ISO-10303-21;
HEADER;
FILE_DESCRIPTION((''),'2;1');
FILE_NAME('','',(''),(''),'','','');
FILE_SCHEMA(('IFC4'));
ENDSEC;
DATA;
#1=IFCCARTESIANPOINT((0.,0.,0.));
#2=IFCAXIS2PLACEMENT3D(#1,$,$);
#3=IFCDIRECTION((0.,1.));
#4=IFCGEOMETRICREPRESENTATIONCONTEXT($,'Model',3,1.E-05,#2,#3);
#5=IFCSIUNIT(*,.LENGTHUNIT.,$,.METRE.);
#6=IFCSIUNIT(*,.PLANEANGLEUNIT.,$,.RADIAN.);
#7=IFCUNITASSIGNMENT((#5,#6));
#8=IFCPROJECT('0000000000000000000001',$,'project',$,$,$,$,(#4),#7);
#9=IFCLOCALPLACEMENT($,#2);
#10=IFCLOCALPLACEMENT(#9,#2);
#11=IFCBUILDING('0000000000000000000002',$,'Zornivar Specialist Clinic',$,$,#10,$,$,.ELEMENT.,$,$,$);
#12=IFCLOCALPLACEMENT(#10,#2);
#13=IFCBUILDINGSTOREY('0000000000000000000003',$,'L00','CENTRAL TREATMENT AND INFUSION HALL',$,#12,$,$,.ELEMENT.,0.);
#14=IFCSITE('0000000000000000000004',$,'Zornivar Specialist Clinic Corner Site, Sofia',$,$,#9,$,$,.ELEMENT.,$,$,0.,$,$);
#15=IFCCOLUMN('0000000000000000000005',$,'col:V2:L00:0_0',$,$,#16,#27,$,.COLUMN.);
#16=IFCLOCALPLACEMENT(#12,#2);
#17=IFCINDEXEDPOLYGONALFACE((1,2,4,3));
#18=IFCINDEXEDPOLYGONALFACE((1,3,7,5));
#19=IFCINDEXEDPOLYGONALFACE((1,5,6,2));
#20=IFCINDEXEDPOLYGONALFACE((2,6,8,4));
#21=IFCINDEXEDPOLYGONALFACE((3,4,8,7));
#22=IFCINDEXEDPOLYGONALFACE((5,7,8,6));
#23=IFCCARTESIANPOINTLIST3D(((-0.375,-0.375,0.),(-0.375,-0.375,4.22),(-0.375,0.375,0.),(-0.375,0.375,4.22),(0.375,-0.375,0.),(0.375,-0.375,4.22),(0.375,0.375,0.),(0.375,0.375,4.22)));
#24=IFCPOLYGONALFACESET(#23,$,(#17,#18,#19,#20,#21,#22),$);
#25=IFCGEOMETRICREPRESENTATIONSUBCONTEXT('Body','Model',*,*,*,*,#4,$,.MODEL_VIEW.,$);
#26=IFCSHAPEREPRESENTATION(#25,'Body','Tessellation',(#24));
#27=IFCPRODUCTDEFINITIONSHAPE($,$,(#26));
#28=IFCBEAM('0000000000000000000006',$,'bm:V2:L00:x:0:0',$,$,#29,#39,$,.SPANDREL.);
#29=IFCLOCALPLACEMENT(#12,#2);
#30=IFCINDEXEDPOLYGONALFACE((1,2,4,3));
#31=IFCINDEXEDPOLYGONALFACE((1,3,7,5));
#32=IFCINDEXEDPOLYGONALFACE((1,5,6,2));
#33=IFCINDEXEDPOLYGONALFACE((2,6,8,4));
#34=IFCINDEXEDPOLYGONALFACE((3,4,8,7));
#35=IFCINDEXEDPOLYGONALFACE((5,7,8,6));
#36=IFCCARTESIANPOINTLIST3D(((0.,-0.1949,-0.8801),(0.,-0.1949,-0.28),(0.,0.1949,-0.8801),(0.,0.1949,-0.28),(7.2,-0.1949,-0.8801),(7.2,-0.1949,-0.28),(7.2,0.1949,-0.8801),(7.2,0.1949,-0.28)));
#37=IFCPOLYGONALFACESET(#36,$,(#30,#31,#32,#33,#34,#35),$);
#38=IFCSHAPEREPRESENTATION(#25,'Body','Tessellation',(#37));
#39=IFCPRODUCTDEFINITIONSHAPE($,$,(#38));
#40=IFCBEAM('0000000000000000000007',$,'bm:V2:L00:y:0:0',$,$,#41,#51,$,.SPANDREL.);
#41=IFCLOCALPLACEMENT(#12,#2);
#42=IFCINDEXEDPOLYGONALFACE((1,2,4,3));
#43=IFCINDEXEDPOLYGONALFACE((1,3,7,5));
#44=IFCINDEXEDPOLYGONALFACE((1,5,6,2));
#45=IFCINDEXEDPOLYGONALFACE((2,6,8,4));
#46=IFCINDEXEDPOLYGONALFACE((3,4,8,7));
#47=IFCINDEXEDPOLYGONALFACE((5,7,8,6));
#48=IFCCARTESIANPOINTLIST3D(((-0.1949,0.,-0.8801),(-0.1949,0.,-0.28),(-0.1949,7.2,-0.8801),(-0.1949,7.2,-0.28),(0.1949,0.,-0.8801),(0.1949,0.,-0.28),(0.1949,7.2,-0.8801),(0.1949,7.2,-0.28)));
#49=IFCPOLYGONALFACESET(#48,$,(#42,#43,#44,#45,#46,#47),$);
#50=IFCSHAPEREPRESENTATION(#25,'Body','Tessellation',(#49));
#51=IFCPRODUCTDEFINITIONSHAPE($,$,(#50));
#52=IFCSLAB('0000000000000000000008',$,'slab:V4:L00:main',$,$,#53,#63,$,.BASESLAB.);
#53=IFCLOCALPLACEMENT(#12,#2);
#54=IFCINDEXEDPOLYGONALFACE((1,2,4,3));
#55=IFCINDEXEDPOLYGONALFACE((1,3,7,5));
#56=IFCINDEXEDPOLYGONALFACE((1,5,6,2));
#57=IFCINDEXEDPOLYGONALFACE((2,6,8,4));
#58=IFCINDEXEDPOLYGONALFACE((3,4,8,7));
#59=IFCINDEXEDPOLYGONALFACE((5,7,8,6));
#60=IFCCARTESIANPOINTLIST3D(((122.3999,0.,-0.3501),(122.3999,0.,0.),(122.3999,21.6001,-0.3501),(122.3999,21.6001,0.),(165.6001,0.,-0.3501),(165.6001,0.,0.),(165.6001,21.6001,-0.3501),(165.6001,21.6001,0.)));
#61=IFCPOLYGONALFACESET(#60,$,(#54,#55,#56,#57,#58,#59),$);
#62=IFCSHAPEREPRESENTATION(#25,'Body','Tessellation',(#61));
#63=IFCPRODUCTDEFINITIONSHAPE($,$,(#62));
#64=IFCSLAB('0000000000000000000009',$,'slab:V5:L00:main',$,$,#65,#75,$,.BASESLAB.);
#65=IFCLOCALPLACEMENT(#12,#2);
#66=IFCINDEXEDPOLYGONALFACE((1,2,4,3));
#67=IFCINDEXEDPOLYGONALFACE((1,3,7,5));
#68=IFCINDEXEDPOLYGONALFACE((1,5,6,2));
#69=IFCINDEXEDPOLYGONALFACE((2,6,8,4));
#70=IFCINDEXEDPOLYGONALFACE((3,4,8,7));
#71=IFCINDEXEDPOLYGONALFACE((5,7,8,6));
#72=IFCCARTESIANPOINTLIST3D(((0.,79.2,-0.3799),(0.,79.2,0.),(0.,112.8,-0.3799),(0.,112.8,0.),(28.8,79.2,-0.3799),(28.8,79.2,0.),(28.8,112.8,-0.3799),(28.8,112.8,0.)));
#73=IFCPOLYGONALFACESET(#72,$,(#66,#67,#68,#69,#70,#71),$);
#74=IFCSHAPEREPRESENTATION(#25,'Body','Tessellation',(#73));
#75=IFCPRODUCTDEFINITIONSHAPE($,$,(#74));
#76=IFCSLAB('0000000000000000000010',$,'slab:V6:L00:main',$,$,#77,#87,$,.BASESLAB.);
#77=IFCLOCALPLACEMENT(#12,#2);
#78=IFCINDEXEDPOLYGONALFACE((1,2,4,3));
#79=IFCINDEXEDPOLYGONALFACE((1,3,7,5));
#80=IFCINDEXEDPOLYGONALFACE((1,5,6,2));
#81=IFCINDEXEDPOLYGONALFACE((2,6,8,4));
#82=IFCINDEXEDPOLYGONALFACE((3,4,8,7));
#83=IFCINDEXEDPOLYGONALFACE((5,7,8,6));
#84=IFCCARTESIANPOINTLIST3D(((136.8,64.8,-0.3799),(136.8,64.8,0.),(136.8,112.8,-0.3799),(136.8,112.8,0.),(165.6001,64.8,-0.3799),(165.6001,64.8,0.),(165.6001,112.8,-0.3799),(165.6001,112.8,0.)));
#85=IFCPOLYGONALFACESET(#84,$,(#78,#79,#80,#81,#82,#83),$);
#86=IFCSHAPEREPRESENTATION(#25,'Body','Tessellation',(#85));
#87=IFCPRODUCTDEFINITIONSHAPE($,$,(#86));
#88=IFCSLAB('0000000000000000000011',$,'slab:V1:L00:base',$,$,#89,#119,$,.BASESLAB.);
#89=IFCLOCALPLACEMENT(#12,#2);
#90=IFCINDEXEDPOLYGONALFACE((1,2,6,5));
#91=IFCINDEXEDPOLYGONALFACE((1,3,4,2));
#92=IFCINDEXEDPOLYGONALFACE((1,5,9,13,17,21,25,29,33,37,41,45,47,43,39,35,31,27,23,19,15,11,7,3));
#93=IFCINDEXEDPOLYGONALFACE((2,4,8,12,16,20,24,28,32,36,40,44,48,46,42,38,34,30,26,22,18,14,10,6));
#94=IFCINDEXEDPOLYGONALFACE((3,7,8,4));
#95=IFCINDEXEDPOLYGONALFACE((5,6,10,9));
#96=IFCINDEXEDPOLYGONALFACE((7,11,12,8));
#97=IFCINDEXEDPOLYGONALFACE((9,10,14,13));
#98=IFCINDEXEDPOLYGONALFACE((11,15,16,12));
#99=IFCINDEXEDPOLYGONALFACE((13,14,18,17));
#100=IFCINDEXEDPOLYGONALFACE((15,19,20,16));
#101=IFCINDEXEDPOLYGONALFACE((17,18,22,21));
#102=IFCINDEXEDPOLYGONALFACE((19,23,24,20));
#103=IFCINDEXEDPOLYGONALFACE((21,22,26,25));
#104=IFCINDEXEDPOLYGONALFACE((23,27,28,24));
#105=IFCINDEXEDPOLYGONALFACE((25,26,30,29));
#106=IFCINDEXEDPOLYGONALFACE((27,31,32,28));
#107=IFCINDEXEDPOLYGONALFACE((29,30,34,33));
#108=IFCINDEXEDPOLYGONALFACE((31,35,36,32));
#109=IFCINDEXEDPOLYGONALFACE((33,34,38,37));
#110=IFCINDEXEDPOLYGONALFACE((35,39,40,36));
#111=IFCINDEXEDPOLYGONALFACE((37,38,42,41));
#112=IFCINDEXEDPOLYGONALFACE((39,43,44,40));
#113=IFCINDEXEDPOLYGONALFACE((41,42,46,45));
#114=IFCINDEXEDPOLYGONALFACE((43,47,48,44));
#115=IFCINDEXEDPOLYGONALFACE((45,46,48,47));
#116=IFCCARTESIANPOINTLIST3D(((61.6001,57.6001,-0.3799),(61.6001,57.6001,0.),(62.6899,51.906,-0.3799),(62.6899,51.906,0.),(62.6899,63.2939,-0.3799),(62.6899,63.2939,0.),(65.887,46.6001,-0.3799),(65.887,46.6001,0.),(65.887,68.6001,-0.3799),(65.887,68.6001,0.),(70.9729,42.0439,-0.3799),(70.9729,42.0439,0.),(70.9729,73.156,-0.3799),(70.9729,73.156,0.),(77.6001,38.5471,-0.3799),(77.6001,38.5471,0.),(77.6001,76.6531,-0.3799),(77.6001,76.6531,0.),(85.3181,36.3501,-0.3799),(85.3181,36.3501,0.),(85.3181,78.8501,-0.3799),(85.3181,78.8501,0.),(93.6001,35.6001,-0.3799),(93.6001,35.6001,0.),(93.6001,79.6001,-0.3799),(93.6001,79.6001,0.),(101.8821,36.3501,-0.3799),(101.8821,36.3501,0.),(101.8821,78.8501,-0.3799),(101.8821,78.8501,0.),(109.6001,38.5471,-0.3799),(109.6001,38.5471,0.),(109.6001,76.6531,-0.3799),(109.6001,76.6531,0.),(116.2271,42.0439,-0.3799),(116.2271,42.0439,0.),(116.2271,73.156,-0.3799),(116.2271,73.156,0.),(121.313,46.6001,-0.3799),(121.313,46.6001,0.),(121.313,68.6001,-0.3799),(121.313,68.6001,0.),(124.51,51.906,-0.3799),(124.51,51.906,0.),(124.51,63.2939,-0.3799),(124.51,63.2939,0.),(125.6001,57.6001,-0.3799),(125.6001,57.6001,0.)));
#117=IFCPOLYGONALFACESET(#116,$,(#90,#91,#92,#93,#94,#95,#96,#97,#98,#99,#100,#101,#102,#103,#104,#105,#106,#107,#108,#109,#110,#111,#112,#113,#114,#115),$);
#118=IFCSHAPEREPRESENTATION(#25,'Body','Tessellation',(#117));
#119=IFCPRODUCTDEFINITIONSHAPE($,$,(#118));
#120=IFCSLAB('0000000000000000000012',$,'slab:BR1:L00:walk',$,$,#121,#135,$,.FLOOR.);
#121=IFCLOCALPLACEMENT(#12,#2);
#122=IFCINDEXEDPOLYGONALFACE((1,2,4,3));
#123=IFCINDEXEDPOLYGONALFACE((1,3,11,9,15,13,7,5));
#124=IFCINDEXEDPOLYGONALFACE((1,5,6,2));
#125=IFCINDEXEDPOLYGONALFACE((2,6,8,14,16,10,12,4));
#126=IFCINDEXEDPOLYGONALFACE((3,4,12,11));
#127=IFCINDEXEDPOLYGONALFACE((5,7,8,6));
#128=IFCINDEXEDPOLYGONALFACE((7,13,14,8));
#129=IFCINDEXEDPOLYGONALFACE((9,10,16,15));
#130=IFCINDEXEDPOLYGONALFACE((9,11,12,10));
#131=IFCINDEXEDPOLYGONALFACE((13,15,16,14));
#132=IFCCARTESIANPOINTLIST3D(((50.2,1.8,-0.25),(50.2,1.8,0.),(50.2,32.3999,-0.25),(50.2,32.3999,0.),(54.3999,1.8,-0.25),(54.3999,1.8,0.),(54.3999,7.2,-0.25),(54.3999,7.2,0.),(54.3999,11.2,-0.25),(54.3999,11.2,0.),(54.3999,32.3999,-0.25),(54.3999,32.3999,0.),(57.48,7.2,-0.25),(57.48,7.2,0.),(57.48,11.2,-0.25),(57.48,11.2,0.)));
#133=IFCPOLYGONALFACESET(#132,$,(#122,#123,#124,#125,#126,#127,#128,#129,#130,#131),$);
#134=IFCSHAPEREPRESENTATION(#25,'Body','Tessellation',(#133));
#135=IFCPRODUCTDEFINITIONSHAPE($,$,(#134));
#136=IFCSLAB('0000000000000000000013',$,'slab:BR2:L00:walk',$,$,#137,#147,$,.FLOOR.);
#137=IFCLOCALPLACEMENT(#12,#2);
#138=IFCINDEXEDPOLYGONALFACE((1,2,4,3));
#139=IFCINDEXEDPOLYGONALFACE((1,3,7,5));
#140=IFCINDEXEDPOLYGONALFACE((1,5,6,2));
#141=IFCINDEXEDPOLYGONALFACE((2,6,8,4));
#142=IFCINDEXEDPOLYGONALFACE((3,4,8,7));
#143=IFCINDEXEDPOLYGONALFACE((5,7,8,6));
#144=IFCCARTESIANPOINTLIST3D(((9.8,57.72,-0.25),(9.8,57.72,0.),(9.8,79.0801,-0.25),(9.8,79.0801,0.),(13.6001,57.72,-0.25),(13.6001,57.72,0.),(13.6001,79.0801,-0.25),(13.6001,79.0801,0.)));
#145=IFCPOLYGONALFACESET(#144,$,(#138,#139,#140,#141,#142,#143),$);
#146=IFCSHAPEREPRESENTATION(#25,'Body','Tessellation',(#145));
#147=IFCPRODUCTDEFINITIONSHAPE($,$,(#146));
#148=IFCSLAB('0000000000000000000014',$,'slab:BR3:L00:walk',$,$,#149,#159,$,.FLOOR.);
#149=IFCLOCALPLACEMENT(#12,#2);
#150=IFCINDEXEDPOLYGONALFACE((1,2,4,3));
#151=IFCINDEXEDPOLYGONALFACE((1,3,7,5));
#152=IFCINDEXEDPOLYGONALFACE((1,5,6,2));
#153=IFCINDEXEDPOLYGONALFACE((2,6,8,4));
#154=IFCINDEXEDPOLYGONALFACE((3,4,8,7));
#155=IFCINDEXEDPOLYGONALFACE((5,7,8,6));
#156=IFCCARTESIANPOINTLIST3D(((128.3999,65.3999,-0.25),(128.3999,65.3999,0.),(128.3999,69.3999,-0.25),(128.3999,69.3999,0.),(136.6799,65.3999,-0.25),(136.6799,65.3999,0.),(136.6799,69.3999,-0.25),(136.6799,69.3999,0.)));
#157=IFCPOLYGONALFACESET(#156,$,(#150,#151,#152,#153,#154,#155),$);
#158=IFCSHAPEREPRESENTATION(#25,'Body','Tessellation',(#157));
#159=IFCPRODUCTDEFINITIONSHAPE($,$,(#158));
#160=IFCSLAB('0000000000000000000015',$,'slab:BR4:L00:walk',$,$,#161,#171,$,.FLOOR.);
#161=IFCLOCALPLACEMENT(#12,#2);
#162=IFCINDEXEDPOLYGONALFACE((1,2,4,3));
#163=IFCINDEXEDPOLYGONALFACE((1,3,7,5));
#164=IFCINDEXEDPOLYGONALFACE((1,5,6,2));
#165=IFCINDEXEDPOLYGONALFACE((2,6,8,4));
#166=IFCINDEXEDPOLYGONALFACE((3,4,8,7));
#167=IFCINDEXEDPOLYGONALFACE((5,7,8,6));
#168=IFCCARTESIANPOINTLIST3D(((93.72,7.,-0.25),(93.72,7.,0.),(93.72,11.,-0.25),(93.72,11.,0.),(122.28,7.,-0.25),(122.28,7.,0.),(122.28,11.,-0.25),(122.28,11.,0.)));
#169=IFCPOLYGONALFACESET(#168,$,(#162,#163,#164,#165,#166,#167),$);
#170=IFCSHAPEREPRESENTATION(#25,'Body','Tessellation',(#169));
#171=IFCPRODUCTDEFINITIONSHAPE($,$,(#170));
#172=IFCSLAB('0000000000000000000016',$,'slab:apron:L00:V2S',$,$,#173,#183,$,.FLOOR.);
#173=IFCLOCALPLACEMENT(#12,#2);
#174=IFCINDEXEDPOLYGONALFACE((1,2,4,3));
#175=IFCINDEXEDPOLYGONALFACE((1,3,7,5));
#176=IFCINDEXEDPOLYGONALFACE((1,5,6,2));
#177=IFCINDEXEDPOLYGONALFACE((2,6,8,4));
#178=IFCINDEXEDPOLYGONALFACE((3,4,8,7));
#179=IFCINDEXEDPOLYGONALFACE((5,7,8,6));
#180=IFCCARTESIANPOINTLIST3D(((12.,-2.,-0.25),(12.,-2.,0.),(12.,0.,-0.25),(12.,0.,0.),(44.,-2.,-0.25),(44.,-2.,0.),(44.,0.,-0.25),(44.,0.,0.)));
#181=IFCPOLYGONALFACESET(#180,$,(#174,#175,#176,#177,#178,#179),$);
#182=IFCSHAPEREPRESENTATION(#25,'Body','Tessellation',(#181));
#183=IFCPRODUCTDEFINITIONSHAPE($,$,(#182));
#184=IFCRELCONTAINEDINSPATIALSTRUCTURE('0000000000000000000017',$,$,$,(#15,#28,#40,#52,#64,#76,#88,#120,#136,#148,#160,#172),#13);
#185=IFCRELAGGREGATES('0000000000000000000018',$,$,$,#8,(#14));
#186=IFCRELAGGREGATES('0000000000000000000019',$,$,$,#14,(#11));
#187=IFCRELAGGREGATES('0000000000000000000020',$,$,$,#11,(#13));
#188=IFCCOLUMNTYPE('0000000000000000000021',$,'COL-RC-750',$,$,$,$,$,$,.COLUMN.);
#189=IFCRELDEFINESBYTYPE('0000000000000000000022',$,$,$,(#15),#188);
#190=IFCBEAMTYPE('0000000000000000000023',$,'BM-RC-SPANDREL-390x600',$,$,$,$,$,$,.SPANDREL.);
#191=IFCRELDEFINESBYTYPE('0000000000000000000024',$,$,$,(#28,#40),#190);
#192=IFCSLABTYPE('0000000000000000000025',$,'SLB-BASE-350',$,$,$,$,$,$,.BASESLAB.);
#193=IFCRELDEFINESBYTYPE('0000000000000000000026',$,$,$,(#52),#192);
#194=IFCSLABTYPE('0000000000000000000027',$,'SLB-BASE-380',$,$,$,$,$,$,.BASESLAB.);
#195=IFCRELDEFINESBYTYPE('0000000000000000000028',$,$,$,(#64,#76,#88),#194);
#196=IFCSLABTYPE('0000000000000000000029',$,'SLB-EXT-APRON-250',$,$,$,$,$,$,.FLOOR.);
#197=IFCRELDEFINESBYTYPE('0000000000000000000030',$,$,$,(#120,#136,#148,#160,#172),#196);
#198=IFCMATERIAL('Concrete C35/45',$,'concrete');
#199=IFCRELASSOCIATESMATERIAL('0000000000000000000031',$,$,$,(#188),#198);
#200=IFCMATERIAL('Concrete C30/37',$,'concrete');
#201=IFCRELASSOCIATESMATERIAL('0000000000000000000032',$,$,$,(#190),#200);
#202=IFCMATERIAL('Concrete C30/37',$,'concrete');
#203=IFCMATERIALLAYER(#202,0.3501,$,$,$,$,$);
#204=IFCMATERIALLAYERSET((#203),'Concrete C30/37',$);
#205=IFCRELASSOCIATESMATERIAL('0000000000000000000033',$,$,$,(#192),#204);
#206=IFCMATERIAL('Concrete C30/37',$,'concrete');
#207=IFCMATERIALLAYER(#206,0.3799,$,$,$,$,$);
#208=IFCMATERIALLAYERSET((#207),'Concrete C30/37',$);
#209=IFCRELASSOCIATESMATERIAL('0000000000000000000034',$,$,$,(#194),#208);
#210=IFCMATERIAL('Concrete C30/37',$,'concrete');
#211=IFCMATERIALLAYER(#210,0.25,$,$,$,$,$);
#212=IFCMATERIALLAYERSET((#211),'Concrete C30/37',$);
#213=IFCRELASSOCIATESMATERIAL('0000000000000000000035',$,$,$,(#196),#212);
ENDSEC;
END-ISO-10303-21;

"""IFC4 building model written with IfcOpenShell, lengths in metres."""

from ifc_helpers import new_model, si_unit, direction, frame, origin, origin_with_axes, origin_2d, place, context, subcontext, project, spatial, polyline, rectangle, outline, extrude, material, layer, layer_set, material_profile, profile_set, type_object, element, save


model = new_model("IFC4")

# Units and contexts
model_context = context("Model", 3, precision=1e-05, world=origin(), true_north=direction((0.0, 1.0)))
body_context = subcontext(model_context, "Body", "Model", "MODEL_VIEW")
ifc_project = project(units=[si_unit("LENGTHUNIT", "METRE"), si_unit("PLANEANGLEUNIT", "RADIAN")], contexts=[model_context])

# Site, building, storey
site_placement = place(None, origin())
site = spatial("IfcSite", under=ifc_project, at=site_placement, Name="Zornivar Specialist Clinic Corner Site, Sofia", CompositionType="ELEMENT", RefElevation=0.0)
building_placement = place(site_placement, origin())
building = spatial("IfcBuilding", under=site, at=building_placement, Name="Zornivar Specialist Clinic", CompositionType="ELEMENT")
storey_placement = place(building_placement, origin())
storey = spatial("IfcBuildingStorey", under=building, at=storey_placement, Name="L00", Description="CENTRAL TREATMENT AND INFUSION HALL", CompositionType="ELEMENT", Elevation=0.0)

# Column
ifc_material_1 = material(Name="Concrete C35/45", Category="concrete")
ifc_material_profile_1 = material_profile(ifc_material_1, rectangle(XDim=0.75, YDim=0.75, at=origin_2d()), Name="RC 750x750")
ifc_profile_set_1 = profile_set([ifc_material_profile_1], Name="Concrete C35/45")
column_type = type_object("IfcColumnType", Name="COL-RC-750", PredefinedType="COLUMN", material=ifc_profile_set_1)
column_placement = place(storey_placement, origin_with_axes())
element("IfcColumn", 1, at=column_placement, inside=storey, type_object=column_type, Name="col:V2:L00:0_0", PredefinedType="COLUMN", context=body_context, shape_type="SweptSolid", body=[
    extrude(rectangle(XDim=0.75, YDim=0.75, at=origin_2d()), origin(), (0.0, 0.0, 1.0), 4.22),
])

# Beams
ifc_material_2 = material(Name="Concrete C30/37", Category="concrete")
ifc_material_profile_2 = material_profile(ifc_material_2, rectangle(XDim=0.3899, YDim=0.6001, at=origin_2d()), Name="RC 390x600")
ifc_profile_set_2 = profile_set([ifc_material_profile_2], Name="Concrete C30/37")
beam_type = type_object("IfcBeamType", Name="BM-RC-SPANDREL-390x600", PredefinedType="SPANDREL", material=ifc_profile_set_2)
for number, where, z_axis, x_axis, name in (
    (2, (0.0, 0.0, -0.5801), (1.0, 0.0, 0.0), (0.0, 1.0, 0.0), "bm:V2:L00:x:0:0"),
    (3, (0.0, 0.0, -0.5801), (0.0, 1.0, 0.0), (-1.0, 0.0, 0.0), "bm:V2:L00:y:0:0"),
):
    element("IfcBeam", number, at=place(storey_placement, frame(where, z_axis=z_axis, x_axis=x_axis)), inside=storey, type_object=beam_type, Name=name, PredefinedType="SPANDREL", context=body_context, shape_type="SweptSolid", body=[
        extrude(rectangle(XDim=0.3899, YDim=0.6001, at=origin_2d()), origin(), (0.0, 0.0, 1.0), 7.2),
    ])

# Slabs
ifc_material_3 = material(Name="Concrete C30/37", Category="concrete")
ifc_layer_1 = layer(ifc_material_3, 0.3501)
ifc_layer_set_1 = layer_set([ifc_layer_1], Name="Concrete C30/37")
slab_type_1 = type_object("IfcSlabType", Name="SLB-BASE-350", PredefinedType="BASESLAB", material=ifc_layer_set_1)
slab_1_placement = place(storey_placement, frame((0.0, 0.0, -0.3501)))
element("IfcSlab", 4, at=slab_1_placement, inside=storey, type_object=slab_type_1, Name="slab:V4:L00:main", PredefinedType="BASESLAB", context=body_context, shape_type="SweptSolid", body=[
    extrude(outline(polyline([(122.3999, 0.0), (165.6001, 0.0), (165.6001, 21.6001), (122.3999, 21.6001), (122.3999, 0.0)])), origin(), (0.0, 0.0, 1.0), 0.3501),
])
ifc_material_4 = material(Name="Concrete C30/37", Category="concrete")
ifc_layer_2 = layer(ifc_material_4, 0.3799)
ifc_layer_set_2 = layer_set([ifc_layer_2], Name="Concrete C30/37")
slab_type_2 = type_object("IfcSlabType", Name="SLB-BASE-380", PredefinedType="BASESLAB", material=ifc_layer_set_2)
slab_2_placement = place(storey_placement, frame((0.0, 0.0, -0.3799)))
element("IfcSlab", 5, at=slab_2_placement, inside=storey, type_object=slab_type_2, Name="slab:V5:L00:main", PredefinedType="BASESLAB", context=body_context, shape_type="SweptSolid", body=[
    extrude(outline(polyline([(0.0, 79.2), (28.8, 79.2), (28.8, 112.8), (0.0, 112.8), (0.0, 79.2)])), origin(), (0.0, 0.0, 1.0), 0.3799),
])
slab_3_placement = place(storey_placement, frame((0.0, 0.0, -0.3799)))
element("IfcSlab", 6, at=slab_3_placement, inside=storey, type_object=slab_type_2, Name="slab:V6:L00:main", PredefinedType="BASESLAB", context=body_context, shape_type="SweptSolid", body=[
    extrude(outline(polyline([(136.8, 64.8), (165.6001, 64.8), (165.6001, 112.8), (136.8, 112.8), (136.8, 64.8)])), origin(), (0.0, 0.0, 1.0), 0.3799),
])
slab_4_placement = place(storey_placement, frame((0.0, 0.0, -0.3799)))
element("IfcSlab", 7, at=slab_4_placement, inside=storey, type_object=slab_type_2, Name="slab:V1:L00:base", PredefinedType="BASESLAB", context=body_context, shape_type="SweptSolid", body=[
    extrude(outline(polyline([(125.6001, 57.6001), (124.51, 63.2939), (121.313, 68.6001), (116.2271, 73.156), (109.6001, 76.6531), (101.8821, 78.8501), (93.6001, 79.6001), (85.3181, 78.8501), (77.6001, 76.6531), (70.9729, 73.156), (65.887, 68.6001), (62.6899, 63.2939), (61.6001, 57.6001), (62.6899, 51.906), (65.887, 46.6001), (70.9729, 42.0439), (77.6001, 38.5471), (85.3181, 36.3501), (93.6001, 35.6001), (101.8821, 36.3501), (109.6001, 38.5471), (116.2271, 42.0439), (121.313, 46.6001), (124.51, 51.906), (125.6001, 57.6001)])), origin(), (0.0, 0.0, 1.0), 0.3799),
])
ifc_material_5 = material(Name="Concrete C30/37", Category="concrete")
ifc_layer_3 = layer(ifc_material_5, 0.25)
ifc_layer_set_3 = layer_set([ifc_layer_3], Name="Concrete C30/37")
slab_type_3 = type_object("IfcSlabType", Name="SLB-EXT-APRON-250", PredefinedType="FLOOR", material=ifc_layer_set_3)
slab_5_placement = place(storey_placement, frame((0.0, 0.0, -0.25)))
element("IfcSlab", 8, at=slab_5_placement, inside=storey, type_object=slab_type_3, Name="slab:BR1:L00:walk", PredefinedType="FLOOR", context=body_context, shape_type="SweptSolid", body=[
    extrude(outline(polyline([(57.48, 11.2), (57.48, 7.2), (54.3999, 7.2), (54.3999, 1.8), (50.2, 1.8), (50.2, 32.3999), (54.3999, 32.3999), (54.3999, 11.2), (57.48, 11.2)])), origin(), (0.0, 0.0, 1.0), 0.25),
])
slab_6_placement = place(storey_placement, frame((0.0, 0.0, -0.25)))
element("IfcSlab", 9, at=slab_6_placement, inside=storey, type_object=slab_type_3, Name="slab:BR2:L00:walk", PredefinedType="FLOOR", context=body_context, shape_type="SweptSolid", body=[
    extrude(outline(polyline([(9.8, 57.72), (13.6001, 57.72), (13.6001, 79.0801), (9.8, 79.0801), (9.8, 57.72)])), origin(), (0.0, 0.0, 1.0), 0.25),
])
slab_7_placement = place(storey_placement, frame((0.0, 0.0, -0.25)))
element("IfcSlab", 10, at=slab_7_placement, inside=storey, type_object=slab_type_3, Name="slab:BR3:L00:walk", PredefinedType="FLOOR", context=body_context, shape_type="SweptSolid", body=[
    extrude(outline(polyline([(128.3999, 65.3999), (136.6799, 65.3999), (136.6799, 69.3999), (128.3999, 69.3999), (128.3999, 65.3999)])), origin(), (0.0, 0.0, 1.0), 0.25),
])
slab_8_placement = place(storey_placement, frame((0.0, 0.0, -0.25)))
element("IfcSlab", 11, at=slab_8_placement, inside=storey, type_object=slab_type_3, Name="slab:BR4:L00:walk", PredefinedType="FLOOR", context=body_context, shape_type="SweptSolid", body=[
    extrude(outline(polyline([(93.72, 7.0), (122.28, 7.0), (122.28, 11.0), (93.72, 11.0), (93.72, 7.0)])), origin(), (0.0, 0.0, 1.0), 0.25),
])
slab_9_placement = place(storey_placement, frame((0.0, 0.0, -0.25)))
element("IfcSlab", 12, at=slab_9_placement, inside=storey, type_object=slab_type_3, Name="slab:apron:L00:V2S", PredefinedType="FLOOR", context=body_context, shape_type="SweptSolid", body=[
    extrude(outline(polyline([(12.0, -2.0), (44.0, -2.0), (44.0, 0.0), (12.0, 0.0), (12.0, -2.0)])), origin(), (0.0, 0.0, 1.0), 0.25),
])

save(model, "model.ifc")
